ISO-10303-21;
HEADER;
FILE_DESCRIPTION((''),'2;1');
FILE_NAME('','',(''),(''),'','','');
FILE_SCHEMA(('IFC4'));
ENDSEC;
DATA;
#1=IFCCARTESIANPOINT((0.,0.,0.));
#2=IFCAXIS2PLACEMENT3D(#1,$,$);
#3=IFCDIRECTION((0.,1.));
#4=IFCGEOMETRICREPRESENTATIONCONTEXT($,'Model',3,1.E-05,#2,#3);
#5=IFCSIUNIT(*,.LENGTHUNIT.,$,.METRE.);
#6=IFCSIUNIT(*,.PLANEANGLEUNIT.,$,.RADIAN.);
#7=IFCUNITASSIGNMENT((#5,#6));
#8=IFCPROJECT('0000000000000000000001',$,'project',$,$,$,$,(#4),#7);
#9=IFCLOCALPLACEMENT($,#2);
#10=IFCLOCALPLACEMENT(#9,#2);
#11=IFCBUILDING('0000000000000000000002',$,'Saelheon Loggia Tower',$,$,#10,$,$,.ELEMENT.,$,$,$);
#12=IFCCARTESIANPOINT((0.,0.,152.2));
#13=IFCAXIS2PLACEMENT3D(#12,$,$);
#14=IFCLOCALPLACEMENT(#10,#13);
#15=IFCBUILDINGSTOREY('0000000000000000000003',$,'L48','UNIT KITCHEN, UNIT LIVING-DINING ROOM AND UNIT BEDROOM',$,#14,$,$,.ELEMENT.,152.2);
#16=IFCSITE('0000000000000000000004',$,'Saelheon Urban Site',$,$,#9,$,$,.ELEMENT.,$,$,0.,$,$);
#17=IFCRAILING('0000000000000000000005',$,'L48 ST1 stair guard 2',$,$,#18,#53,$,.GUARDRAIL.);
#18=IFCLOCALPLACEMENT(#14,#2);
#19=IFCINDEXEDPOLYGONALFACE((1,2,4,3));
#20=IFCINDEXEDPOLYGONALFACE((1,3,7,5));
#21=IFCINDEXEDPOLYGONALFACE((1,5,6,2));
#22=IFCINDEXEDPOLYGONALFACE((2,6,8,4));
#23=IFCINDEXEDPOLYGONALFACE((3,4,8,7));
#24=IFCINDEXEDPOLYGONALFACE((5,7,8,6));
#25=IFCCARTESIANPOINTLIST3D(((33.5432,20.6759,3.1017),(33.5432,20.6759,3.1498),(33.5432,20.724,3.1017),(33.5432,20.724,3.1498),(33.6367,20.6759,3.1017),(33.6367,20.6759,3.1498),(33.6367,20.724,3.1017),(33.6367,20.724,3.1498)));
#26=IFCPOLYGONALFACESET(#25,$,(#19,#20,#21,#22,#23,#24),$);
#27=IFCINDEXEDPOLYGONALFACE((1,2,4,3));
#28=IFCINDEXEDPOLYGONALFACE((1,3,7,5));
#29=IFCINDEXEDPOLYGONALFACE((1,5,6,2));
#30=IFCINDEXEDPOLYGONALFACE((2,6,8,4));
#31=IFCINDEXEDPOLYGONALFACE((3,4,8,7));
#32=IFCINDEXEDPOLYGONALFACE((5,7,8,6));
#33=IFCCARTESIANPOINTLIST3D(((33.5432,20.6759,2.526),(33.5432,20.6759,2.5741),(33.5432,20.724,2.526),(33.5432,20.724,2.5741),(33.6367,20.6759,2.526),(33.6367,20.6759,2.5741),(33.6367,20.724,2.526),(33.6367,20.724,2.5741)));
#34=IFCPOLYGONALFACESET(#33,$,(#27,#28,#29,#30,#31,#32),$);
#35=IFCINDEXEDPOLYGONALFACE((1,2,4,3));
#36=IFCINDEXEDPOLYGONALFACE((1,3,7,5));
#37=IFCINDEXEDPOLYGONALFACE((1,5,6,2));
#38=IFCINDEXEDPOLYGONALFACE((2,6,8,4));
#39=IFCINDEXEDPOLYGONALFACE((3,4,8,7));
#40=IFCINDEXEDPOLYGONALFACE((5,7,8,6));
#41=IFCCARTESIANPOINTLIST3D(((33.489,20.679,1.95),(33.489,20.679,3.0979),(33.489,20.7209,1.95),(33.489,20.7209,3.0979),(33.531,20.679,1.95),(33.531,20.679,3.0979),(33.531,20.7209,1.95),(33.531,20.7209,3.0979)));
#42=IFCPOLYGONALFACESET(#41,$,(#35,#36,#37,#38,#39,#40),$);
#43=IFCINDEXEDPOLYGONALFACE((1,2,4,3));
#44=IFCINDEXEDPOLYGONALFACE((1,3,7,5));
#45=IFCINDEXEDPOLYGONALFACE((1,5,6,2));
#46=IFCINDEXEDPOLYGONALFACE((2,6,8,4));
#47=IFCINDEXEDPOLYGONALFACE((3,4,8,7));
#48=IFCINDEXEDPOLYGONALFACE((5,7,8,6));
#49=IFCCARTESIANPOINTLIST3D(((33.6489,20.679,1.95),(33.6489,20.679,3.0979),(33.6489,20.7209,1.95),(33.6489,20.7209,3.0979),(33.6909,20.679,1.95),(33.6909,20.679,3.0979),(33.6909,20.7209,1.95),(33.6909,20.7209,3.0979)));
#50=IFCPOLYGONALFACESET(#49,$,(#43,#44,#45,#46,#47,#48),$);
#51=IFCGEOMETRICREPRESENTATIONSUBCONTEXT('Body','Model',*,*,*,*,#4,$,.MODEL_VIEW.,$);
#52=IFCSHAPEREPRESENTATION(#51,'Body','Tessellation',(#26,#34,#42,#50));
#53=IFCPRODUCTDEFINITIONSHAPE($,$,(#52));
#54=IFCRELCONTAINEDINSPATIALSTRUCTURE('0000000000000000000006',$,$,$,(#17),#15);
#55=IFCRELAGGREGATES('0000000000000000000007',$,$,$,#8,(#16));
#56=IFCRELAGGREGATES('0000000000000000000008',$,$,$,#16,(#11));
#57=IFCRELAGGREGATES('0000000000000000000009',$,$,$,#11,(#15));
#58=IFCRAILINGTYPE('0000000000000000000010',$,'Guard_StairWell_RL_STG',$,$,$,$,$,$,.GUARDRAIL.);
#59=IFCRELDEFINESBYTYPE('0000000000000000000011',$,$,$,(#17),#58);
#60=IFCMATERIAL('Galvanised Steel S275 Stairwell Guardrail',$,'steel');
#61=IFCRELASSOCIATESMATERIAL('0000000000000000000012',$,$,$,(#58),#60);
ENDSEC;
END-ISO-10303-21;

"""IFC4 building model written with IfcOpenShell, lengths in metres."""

from ifc_helpers import new_model, si_unit, direction, frame, origin, origin_2d, place, context, subcontext, project, spatial, rectangle, extrude, material, type_object, element, save


model = new_model("IFC4")

# Units and contexts
model_context = context("Model", 3, precision=1e-05, world=origin(), true_north=direction((0.0, 1.0)))
body_context = subcontext(model_context, "Body", "Model", "MODEL_VIEW")
ifc_project = project(units=[si_unit("LENGTHUNIT", "METRE"), si_unit("PLANEANGLEUNIT", "RADIAN")], contexts=[model_context])

# Site, building, storey
site_placement = place(None, origin())
site = spatial("IfcSite", under=ifc_project, at=site_placement, Name="Saelheon Urban Site", CompositionType="ELEMENT", RefElevation=0.0)
building_placement = place(site_placement, origin())
building = spatial("IfcBuilding", under=site, at=building_placement, Name="Saelheon Loggia Tower", CompositionType="ELEMENT")
storey_placement = place(building_placement, frame((0.0, 0.0, 152.2)))
storey = spatial("IfcBuildingStorey", under=building, at=storey_placement, Name="L48", Description="UNIT KITCHEN, UNIT LIVING-DINING ROOM AND UNIT BEDROOM", CompositionType="ELEMENT", Elevation=152.2)

# Railing
ifc_material_1 = material(Name="Galvanised Steel S275 Stairwell Guardrail", Category="steel")
railing_type = type_object("IfcRailingType", Name="Guard_StairWell_RL_STG", PredefinedType="GUARDRAIL", material=ifc_material_1)
railing_placement = place(storey_placement, frame((33.51, 20.7, 1.95)))
element("IfcRailing", 1, at=railing_placement, inside=storey, type_object=railing_type, Name="L48 ST1 stair guard 2", PredefinedType="GUARDRAIL", context=body_context, shape_type="SweptSolid", body=[
    extrude(rectangle(XDim=0.0481, YDim=0.0481, at=origin_2d()), frame((0.0332, 0.0, 1.1758), z_axis=(1.0, 0.0, 0.0), x_axis=(0.0, 1.0, 0.0)), (0.0, 0.0, 1.0), 0.0935),
    extrude(rectangle(XDim=0.0481, YDim=0.0481, at=origin_2d()), frame((0.0332, 0.0, 0.6001), z_axis=(1.0, 0.0, 0.0), x_axis=(0.0, 1.0, 0.0)), (0.0, 0.0, 1.0), 0.0935),
    extrude(rectangle(XDim=0.042, YDim=0.042, at=origin_2d()), origin(), (0.0, 0.0, 1.0), 1.1479),
    extrude(rectangle(XDim=0.042, YDim=0.042, at=origin_2d()), frame((0.1599, 0.0, 0.0)), (0.0, 0.0, 1.0), 1.1479),
])

save(model, "model.ifc")
